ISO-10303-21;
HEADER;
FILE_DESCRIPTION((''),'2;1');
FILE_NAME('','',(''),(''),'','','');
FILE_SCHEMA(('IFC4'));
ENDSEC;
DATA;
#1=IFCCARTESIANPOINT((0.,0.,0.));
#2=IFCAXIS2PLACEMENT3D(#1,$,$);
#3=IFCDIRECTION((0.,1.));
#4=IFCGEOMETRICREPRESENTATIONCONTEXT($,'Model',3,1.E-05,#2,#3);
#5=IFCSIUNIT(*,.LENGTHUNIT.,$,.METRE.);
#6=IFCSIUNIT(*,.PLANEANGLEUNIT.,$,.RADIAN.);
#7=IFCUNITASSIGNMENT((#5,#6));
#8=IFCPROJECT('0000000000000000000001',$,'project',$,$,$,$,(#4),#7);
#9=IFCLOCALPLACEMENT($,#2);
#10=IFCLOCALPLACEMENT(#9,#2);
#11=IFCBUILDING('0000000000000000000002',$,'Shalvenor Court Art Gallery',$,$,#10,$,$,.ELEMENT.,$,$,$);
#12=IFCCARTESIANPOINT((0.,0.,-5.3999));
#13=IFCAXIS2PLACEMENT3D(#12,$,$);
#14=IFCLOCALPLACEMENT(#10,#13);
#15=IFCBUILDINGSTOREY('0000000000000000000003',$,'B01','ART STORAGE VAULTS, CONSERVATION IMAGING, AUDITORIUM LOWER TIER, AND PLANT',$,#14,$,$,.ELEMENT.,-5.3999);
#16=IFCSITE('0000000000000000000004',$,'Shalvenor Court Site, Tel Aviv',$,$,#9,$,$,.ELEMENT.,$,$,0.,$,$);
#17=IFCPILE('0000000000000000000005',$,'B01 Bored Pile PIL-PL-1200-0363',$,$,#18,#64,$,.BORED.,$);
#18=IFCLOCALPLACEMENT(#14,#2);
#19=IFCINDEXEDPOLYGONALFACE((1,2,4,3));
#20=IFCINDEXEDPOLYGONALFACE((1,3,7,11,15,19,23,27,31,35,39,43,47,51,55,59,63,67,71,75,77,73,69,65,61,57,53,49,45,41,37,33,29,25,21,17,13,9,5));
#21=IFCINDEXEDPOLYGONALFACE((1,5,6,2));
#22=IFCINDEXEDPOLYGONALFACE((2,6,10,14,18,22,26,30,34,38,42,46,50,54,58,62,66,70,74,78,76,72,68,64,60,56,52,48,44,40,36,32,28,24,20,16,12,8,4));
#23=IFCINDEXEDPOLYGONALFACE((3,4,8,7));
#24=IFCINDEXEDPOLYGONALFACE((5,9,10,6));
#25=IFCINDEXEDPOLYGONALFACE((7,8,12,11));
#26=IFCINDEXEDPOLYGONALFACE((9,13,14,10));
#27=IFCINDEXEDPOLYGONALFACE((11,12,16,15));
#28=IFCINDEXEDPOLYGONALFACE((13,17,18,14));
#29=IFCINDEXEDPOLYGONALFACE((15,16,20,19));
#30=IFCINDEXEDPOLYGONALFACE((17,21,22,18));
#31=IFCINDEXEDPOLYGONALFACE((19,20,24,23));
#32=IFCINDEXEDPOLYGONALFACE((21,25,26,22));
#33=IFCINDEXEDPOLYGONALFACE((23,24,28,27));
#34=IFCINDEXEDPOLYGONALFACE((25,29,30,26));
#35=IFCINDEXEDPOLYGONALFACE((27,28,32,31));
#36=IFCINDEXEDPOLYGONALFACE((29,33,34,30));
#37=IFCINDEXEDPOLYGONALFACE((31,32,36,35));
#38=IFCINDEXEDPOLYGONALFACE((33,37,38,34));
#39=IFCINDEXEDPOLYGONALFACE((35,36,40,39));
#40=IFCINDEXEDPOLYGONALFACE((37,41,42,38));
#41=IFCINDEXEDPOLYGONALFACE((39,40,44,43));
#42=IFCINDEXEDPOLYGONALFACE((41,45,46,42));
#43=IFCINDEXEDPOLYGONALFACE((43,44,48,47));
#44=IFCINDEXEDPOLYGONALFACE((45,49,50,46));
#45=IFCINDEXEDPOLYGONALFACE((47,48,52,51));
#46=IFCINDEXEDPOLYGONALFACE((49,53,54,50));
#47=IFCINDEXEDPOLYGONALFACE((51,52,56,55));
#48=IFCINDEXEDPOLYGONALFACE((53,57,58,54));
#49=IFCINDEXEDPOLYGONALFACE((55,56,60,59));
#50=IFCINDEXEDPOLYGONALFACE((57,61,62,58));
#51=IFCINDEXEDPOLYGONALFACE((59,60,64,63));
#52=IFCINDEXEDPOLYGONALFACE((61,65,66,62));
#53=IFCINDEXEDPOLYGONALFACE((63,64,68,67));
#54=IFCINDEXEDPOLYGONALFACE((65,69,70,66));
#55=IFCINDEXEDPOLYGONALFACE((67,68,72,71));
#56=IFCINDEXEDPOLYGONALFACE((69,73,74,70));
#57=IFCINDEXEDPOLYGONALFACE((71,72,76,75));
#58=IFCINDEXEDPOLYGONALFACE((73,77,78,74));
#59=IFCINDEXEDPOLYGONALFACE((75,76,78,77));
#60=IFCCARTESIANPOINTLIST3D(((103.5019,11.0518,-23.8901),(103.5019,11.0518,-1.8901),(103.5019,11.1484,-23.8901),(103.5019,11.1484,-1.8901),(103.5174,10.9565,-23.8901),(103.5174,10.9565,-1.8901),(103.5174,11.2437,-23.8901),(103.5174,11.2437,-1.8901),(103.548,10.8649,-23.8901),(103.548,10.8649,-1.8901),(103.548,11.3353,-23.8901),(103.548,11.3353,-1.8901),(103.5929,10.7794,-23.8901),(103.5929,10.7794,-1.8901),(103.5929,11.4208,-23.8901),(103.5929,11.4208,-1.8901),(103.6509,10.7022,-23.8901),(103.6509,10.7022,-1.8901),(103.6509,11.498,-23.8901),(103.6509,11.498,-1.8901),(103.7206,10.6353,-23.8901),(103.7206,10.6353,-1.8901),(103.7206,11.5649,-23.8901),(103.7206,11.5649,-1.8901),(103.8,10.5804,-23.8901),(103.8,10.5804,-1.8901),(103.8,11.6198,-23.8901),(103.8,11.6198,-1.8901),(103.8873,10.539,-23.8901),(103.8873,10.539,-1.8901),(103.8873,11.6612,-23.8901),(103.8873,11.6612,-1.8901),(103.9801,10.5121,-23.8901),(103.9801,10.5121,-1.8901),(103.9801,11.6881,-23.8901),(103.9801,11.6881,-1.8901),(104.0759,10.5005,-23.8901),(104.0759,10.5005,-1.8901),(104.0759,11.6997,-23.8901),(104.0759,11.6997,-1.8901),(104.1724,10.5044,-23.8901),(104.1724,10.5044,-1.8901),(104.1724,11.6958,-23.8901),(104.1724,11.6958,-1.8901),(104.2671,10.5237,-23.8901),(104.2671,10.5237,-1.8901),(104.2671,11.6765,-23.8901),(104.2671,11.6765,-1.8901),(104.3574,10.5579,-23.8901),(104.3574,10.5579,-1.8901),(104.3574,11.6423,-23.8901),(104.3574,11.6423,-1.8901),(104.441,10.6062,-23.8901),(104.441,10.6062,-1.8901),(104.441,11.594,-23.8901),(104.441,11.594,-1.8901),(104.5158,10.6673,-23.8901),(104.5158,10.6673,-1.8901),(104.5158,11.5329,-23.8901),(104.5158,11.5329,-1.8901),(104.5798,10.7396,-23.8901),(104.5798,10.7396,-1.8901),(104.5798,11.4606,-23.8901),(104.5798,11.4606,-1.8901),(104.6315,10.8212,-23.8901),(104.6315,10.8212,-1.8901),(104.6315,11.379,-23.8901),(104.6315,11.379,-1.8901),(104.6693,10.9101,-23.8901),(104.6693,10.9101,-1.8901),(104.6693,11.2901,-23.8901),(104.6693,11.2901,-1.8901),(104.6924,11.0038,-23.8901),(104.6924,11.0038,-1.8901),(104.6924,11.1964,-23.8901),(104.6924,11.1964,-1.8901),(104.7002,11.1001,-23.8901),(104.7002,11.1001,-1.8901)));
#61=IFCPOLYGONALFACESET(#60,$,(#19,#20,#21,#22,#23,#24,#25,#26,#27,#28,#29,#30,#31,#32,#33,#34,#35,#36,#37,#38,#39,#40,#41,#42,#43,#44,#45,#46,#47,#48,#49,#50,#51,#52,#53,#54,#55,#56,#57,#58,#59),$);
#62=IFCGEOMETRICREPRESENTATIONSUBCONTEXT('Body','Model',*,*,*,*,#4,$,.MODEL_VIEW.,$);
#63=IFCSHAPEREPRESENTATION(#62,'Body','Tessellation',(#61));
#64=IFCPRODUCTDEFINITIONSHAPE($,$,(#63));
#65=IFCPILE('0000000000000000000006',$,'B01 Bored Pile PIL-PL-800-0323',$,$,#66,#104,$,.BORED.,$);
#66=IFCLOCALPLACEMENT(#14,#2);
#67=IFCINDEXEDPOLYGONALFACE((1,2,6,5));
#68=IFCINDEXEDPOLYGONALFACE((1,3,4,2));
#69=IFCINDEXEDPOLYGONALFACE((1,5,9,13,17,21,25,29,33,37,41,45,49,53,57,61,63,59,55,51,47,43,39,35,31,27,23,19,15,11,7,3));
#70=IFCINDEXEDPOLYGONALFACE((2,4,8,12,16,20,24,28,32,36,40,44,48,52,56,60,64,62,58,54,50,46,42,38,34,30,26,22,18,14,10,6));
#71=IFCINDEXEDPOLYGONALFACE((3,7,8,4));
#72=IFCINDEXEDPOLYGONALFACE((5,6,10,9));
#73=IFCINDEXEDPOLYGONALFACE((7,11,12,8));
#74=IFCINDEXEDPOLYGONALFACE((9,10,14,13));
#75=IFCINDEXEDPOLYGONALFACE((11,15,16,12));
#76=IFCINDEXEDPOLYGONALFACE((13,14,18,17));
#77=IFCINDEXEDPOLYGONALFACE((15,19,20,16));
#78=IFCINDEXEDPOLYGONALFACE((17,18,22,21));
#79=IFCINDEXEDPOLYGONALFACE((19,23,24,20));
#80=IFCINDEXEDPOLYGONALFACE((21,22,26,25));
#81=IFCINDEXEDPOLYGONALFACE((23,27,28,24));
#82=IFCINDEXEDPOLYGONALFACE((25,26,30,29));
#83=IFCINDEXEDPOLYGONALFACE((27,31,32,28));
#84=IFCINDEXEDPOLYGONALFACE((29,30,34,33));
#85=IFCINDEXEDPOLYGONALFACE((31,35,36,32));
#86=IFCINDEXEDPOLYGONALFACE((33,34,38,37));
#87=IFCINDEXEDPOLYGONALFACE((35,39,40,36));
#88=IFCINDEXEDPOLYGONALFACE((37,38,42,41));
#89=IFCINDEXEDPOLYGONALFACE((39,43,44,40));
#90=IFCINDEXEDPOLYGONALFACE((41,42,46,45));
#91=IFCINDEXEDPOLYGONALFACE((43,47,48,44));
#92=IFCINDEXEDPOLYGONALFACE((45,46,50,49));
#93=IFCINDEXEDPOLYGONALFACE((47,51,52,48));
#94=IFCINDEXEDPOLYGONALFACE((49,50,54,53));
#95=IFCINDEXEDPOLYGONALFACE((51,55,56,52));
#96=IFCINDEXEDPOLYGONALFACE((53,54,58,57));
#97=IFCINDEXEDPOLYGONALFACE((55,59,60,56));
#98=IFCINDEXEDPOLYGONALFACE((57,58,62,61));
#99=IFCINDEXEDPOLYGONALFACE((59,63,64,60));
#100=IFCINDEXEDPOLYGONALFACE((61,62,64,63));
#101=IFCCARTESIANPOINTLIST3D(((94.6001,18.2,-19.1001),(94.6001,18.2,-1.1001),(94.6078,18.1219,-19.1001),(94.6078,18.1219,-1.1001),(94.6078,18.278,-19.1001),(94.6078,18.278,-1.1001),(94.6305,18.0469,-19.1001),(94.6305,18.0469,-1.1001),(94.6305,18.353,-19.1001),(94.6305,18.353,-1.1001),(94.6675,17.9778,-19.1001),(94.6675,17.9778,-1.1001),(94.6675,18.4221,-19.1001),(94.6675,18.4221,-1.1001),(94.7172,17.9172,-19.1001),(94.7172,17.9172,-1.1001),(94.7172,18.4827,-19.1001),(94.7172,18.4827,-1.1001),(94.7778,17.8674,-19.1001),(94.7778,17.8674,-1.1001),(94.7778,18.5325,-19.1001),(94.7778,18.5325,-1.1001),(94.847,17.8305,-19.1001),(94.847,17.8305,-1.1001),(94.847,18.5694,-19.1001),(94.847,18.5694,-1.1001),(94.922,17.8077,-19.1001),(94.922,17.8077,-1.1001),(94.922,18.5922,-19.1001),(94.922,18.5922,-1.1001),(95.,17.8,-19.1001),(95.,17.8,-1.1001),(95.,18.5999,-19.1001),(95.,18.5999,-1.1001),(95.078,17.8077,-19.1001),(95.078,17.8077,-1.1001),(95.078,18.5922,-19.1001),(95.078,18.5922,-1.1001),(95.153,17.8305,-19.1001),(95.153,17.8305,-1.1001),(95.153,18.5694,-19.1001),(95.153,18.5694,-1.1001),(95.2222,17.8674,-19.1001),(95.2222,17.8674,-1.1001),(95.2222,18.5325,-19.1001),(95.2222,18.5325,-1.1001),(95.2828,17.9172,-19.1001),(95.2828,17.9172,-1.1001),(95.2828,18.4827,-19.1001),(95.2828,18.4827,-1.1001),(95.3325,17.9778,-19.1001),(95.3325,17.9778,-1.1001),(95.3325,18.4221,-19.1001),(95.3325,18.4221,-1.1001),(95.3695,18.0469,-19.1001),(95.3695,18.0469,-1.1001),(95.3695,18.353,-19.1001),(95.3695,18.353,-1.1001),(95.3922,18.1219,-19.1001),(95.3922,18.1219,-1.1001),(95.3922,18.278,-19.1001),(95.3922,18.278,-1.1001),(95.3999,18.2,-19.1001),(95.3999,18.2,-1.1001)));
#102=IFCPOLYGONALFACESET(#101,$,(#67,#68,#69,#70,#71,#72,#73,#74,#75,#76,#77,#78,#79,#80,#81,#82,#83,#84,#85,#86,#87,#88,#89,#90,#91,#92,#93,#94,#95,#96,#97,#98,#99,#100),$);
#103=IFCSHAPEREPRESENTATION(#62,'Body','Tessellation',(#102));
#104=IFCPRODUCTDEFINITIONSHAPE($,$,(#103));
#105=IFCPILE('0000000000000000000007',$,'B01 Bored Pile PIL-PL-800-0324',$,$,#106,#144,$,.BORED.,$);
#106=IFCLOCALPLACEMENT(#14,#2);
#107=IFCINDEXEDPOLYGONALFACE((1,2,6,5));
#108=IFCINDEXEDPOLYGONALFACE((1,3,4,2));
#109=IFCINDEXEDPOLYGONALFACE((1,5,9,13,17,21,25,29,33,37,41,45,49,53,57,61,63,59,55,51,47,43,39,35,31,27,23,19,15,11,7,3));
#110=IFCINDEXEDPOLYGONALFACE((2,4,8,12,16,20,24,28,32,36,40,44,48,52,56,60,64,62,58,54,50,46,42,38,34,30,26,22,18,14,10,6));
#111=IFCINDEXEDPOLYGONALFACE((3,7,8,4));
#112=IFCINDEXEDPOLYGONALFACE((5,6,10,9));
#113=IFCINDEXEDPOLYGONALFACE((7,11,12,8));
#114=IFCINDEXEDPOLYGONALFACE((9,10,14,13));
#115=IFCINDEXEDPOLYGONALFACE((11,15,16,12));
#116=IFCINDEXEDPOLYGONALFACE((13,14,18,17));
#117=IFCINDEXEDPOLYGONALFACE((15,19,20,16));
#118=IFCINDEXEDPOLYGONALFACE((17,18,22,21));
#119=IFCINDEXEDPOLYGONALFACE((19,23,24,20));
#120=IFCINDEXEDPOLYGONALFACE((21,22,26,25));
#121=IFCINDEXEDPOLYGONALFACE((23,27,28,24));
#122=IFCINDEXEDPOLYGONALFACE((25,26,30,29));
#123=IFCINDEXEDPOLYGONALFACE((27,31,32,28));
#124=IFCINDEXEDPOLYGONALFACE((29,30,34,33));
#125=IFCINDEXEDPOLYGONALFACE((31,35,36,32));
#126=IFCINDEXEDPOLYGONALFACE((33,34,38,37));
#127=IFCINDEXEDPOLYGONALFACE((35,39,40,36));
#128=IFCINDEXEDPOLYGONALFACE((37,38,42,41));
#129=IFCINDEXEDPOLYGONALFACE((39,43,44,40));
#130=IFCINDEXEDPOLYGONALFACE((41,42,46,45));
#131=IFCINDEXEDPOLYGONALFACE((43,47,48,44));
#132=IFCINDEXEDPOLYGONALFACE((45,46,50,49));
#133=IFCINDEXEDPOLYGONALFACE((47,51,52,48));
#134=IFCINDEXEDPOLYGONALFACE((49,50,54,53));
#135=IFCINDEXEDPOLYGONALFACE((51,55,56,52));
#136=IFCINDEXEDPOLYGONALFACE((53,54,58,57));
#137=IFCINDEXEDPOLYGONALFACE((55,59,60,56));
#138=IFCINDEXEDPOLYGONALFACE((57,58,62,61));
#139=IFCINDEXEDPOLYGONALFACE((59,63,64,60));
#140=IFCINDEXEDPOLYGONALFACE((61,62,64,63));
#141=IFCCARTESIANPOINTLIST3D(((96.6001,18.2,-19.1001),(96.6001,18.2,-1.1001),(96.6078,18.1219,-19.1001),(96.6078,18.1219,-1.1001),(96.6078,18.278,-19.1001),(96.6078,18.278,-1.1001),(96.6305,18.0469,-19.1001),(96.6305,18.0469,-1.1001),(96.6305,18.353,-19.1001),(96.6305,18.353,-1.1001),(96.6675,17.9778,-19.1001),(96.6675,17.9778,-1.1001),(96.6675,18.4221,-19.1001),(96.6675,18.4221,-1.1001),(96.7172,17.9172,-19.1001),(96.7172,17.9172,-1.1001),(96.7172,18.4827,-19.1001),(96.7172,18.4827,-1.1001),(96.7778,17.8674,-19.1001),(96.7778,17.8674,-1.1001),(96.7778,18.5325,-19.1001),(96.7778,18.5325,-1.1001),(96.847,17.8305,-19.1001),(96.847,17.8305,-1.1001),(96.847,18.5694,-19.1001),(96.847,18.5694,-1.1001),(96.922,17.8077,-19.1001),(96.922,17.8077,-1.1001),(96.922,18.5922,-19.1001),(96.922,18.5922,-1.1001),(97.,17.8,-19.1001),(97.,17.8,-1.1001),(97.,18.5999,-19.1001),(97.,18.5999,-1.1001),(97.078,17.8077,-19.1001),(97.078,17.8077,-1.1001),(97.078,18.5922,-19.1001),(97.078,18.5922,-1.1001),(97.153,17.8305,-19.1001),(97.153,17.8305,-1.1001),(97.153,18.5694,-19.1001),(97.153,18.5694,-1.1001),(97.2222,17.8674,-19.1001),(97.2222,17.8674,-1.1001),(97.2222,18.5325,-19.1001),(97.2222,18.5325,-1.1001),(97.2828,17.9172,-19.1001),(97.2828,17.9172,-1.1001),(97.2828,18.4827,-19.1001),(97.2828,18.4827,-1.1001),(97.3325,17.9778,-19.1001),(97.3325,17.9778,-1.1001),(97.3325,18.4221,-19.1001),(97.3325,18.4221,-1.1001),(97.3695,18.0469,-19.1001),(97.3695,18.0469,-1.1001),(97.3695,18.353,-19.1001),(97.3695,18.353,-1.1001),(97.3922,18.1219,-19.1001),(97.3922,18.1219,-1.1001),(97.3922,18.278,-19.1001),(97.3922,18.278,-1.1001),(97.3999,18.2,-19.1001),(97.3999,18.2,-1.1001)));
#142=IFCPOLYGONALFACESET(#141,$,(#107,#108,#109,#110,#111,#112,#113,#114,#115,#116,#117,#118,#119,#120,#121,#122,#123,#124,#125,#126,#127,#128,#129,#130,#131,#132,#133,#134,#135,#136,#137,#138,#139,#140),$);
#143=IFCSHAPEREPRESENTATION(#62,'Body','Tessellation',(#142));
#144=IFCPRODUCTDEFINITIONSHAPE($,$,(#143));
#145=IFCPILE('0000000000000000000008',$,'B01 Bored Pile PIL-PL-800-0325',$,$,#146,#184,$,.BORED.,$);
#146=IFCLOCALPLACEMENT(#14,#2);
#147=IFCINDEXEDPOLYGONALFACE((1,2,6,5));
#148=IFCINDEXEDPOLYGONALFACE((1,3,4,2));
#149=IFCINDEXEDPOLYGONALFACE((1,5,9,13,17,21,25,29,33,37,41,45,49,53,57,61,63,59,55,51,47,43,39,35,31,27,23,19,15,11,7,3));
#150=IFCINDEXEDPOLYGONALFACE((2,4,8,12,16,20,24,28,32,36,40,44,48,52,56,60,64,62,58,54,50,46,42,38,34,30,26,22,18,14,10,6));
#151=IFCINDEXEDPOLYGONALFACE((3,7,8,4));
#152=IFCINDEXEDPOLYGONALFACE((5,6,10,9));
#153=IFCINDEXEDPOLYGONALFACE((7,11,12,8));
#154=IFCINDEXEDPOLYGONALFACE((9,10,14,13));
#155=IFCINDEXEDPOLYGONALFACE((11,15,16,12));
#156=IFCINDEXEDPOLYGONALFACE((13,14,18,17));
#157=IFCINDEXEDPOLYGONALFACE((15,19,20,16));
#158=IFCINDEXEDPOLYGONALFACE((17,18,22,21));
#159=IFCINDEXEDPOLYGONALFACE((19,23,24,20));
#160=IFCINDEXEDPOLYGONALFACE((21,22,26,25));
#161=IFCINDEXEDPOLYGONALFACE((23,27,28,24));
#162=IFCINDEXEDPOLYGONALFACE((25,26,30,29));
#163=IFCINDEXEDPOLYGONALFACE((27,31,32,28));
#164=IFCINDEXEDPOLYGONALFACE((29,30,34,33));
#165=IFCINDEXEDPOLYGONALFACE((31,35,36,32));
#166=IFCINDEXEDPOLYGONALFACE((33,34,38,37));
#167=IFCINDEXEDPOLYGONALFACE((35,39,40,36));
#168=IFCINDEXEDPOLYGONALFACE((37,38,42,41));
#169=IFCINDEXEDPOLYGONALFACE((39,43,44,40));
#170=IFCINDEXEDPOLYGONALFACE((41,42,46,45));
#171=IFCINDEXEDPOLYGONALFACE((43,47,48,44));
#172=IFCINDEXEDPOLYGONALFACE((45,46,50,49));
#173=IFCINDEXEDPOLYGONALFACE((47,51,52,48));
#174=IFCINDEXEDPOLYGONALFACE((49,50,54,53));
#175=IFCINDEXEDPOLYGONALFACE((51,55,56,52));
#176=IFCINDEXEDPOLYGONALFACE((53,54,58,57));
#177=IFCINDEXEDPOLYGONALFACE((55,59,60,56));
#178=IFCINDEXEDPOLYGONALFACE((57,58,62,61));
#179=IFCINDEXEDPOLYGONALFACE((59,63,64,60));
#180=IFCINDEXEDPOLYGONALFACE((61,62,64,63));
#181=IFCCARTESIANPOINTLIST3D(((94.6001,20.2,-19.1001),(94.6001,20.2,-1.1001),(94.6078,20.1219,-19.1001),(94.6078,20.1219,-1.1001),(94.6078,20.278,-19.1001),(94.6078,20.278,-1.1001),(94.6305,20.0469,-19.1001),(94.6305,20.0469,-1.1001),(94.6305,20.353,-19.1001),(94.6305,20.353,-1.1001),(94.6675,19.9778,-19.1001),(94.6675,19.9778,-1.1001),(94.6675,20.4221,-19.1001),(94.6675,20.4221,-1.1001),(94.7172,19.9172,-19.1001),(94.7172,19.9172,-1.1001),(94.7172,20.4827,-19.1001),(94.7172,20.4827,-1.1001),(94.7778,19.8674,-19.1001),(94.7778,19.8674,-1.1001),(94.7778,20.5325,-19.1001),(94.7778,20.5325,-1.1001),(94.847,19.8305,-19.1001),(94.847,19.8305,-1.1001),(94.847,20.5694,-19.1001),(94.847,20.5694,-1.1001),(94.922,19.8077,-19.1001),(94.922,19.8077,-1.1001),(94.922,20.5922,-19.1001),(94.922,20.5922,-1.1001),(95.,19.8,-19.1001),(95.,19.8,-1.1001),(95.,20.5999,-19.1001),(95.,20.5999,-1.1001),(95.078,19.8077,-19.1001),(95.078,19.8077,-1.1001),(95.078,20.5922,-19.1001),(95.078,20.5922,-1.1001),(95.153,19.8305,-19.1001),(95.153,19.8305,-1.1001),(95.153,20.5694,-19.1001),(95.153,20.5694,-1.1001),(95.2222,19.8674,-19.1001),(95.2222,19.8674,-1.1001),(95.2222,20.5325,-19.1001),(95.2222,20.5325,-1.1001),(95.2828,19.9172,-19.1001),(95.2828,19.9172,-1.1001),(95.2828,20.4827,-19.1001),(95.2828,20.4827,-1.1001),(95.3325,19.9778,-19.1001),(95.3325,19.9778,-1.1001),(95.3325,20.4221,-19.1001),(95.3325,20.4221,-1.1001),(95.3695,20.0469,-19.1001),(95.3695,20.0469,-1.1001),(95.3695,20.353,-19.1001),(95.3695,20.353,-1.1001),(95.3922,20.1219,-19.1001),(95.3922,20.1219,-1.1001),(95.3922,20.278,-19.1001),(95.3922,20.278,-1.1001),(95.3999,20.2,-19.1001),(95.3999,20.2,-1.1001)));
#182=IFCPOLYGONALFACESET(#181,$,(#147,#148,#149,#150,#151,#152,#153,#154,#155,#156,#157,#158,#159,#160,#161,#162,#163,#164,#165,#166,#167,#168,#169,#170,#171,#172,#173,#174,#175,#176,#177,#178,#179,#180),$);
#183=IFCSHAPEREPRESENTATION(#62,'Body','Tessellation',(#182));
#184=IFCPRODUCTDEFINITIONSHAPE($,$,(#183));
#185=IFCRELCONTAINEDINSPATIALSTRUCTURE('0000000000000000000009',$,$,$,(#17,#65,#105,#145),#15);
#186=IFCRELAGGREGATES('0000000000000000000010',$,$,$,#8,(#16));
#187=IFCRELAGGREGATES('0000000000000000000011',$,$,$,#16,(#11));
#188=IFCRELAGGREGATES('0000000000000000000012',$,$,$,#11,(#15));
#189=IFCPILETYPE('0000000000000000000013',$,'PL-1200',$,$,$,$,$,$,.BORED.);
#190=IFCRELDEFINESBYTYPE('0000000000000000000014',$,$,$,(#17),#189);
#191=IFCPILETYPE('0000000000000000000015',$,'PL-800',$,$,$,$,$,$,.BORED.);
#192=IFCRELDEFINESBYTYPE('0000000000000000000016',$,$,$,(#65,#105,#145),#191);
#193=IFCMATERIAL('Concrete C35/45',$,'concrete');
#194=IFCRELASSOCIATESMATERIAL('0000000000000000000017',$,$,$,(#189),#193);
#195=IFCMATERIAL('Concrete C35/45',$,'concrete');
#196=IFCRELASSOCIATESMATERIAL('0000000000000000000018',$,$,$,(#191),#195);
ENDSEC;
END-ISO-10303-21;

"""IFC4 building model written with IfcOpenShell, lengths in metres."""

from ifc_helpers import new_model, si_unit, direction, frame, origin, origin_2d, place, context, subcontext, project, spatial, circle, extrude, material, material_profile, profile_set, type_object, element, save


model = new_model("IFC4")

# Units and contexts
model_context = context("Model", 3, precision=1e-05, world=origin(), true_north=direction((0.0, 1.0)))
body_context = subcontext(model_context, "Body", "Model", "MODEL_VIEW")
ifc_project = project(units=[si_unit("LENGTHUNIT", "METRE"), si_unit("PLANEANGLEUNIT", "RADIAN")], contexts=[model_context])

# Site, building, storey
site_placement = place(None, origin())
site = spatial("IfcSite", under=ifc_project, at=site_placement, Name="Shalvenor Court Site, Tel Aviv", CompositionType="ELEMENT", RefElevation=0.0)
building_placement = place(site_placement, origin())
building = spatial("IfcBuilding", under=site, at=building_placement, Name="Shalvenor Court Art Gallery", CompositionType="ELEMENT")
storey_placement = place(building_placement, frame((0.0, 0.0, -5.3999)))
storey = spatial("IfcBuildingStorey", under=building, at=storey_placement, Name="B01", Description="ART STORAGE VAULTS, CONSERVATION IMAGING, AUDITORIUM LOWER TIER, AND PLANT", CompositionType="ELEMENT", Elevation=-5.3999)

# Piles
ifc_material_1 = material(Name="Concrete C35/45", Category="concrete")
ifc_material_profile_1 = material_profile(ifc_material_1, circle(Radius=0.6001, at=origin_2d()), Name="PILE 1200")
ifc_profile_set_1 = profile_set([ifc_material_profile_1], Name="Concrete C35/45")
pile_type_1 = type_object("IfcPileType", Name="PL-1200", PredefinedType="BORED", material=ifc_profile_set_1)
for number, where, z_axis, x_axis, name in (
    (1, (104.1001, 11.1001, -1.8901), (0.0, 0.0, -1.0), (1.0, 0.0, 0.0), "B01 Bored Pile PIL-PL-1200-0363"),
):
    element("IfcPile", number, at=place(storey_placement, frame(where, z_axis=z_axis, x_axis=x_axis)), inside=storey, type_object=pile_type_1, Name=name, PredefinedType="BORED", context=body_context, shape_type="SweptSolid", body=[
        extrude(circle(Radius=0.6001, at=origin_2d()), origin(), (0.0, 0.0, 1.0), 22.0),
    ])
ifc_material_2 = material(Name="Concrete C35/45", Category="concrete")
ifc_material_profile_2 = material_profile(ifc_material_2, circle(Radius=0.3999, at=origin_2d()), Name="PILE 800")
ifc_profile_set_2 = profile_set([ifc_material_profile_2], Name="Concrete C35/45")
pile_type_2 = type_object("IfcPileType", Name="PL-800", PredefinedType="BORED", material=ifc_profile_set_2)
for number, where, z_axis, x_axis, name in (
    (2, (95.0, 18.2, -1.1001), (0.0, 0.0, -1.0), (1.0, 0.0, 0.0), "B01 Bored Pile PIL-PL-800-0323"),
    (3, (97.0, 18.2, -1.1001), (0.0, 0.0, -1.0), (1.0, 0.0, 0.0), "B01 Bored Pile PIL-PL-800-0324"),
    (4, (95.0, 20.2, -1.1001), (0.0, 0.0, -1.0), (1.0, 0.0, 0.0), "B01 Bored Pile PIL-PL-800-0325"),
):
    element("IfcPile", number, at=place(storey_placement, frame(where, z_axis=z_axis, x_axis=x_axis)), inside=storey, type_object=pile_type_2, Name=name, PredefinedType="BORED", context=body_context, shape_type="SweptSolid", body=[
        extrude(circle(Radius=0.3999, at=origin_2d()), origin(), (0.0, 0.0, 1.0), 18.0),
    ])

save(model, "model.ifc")
